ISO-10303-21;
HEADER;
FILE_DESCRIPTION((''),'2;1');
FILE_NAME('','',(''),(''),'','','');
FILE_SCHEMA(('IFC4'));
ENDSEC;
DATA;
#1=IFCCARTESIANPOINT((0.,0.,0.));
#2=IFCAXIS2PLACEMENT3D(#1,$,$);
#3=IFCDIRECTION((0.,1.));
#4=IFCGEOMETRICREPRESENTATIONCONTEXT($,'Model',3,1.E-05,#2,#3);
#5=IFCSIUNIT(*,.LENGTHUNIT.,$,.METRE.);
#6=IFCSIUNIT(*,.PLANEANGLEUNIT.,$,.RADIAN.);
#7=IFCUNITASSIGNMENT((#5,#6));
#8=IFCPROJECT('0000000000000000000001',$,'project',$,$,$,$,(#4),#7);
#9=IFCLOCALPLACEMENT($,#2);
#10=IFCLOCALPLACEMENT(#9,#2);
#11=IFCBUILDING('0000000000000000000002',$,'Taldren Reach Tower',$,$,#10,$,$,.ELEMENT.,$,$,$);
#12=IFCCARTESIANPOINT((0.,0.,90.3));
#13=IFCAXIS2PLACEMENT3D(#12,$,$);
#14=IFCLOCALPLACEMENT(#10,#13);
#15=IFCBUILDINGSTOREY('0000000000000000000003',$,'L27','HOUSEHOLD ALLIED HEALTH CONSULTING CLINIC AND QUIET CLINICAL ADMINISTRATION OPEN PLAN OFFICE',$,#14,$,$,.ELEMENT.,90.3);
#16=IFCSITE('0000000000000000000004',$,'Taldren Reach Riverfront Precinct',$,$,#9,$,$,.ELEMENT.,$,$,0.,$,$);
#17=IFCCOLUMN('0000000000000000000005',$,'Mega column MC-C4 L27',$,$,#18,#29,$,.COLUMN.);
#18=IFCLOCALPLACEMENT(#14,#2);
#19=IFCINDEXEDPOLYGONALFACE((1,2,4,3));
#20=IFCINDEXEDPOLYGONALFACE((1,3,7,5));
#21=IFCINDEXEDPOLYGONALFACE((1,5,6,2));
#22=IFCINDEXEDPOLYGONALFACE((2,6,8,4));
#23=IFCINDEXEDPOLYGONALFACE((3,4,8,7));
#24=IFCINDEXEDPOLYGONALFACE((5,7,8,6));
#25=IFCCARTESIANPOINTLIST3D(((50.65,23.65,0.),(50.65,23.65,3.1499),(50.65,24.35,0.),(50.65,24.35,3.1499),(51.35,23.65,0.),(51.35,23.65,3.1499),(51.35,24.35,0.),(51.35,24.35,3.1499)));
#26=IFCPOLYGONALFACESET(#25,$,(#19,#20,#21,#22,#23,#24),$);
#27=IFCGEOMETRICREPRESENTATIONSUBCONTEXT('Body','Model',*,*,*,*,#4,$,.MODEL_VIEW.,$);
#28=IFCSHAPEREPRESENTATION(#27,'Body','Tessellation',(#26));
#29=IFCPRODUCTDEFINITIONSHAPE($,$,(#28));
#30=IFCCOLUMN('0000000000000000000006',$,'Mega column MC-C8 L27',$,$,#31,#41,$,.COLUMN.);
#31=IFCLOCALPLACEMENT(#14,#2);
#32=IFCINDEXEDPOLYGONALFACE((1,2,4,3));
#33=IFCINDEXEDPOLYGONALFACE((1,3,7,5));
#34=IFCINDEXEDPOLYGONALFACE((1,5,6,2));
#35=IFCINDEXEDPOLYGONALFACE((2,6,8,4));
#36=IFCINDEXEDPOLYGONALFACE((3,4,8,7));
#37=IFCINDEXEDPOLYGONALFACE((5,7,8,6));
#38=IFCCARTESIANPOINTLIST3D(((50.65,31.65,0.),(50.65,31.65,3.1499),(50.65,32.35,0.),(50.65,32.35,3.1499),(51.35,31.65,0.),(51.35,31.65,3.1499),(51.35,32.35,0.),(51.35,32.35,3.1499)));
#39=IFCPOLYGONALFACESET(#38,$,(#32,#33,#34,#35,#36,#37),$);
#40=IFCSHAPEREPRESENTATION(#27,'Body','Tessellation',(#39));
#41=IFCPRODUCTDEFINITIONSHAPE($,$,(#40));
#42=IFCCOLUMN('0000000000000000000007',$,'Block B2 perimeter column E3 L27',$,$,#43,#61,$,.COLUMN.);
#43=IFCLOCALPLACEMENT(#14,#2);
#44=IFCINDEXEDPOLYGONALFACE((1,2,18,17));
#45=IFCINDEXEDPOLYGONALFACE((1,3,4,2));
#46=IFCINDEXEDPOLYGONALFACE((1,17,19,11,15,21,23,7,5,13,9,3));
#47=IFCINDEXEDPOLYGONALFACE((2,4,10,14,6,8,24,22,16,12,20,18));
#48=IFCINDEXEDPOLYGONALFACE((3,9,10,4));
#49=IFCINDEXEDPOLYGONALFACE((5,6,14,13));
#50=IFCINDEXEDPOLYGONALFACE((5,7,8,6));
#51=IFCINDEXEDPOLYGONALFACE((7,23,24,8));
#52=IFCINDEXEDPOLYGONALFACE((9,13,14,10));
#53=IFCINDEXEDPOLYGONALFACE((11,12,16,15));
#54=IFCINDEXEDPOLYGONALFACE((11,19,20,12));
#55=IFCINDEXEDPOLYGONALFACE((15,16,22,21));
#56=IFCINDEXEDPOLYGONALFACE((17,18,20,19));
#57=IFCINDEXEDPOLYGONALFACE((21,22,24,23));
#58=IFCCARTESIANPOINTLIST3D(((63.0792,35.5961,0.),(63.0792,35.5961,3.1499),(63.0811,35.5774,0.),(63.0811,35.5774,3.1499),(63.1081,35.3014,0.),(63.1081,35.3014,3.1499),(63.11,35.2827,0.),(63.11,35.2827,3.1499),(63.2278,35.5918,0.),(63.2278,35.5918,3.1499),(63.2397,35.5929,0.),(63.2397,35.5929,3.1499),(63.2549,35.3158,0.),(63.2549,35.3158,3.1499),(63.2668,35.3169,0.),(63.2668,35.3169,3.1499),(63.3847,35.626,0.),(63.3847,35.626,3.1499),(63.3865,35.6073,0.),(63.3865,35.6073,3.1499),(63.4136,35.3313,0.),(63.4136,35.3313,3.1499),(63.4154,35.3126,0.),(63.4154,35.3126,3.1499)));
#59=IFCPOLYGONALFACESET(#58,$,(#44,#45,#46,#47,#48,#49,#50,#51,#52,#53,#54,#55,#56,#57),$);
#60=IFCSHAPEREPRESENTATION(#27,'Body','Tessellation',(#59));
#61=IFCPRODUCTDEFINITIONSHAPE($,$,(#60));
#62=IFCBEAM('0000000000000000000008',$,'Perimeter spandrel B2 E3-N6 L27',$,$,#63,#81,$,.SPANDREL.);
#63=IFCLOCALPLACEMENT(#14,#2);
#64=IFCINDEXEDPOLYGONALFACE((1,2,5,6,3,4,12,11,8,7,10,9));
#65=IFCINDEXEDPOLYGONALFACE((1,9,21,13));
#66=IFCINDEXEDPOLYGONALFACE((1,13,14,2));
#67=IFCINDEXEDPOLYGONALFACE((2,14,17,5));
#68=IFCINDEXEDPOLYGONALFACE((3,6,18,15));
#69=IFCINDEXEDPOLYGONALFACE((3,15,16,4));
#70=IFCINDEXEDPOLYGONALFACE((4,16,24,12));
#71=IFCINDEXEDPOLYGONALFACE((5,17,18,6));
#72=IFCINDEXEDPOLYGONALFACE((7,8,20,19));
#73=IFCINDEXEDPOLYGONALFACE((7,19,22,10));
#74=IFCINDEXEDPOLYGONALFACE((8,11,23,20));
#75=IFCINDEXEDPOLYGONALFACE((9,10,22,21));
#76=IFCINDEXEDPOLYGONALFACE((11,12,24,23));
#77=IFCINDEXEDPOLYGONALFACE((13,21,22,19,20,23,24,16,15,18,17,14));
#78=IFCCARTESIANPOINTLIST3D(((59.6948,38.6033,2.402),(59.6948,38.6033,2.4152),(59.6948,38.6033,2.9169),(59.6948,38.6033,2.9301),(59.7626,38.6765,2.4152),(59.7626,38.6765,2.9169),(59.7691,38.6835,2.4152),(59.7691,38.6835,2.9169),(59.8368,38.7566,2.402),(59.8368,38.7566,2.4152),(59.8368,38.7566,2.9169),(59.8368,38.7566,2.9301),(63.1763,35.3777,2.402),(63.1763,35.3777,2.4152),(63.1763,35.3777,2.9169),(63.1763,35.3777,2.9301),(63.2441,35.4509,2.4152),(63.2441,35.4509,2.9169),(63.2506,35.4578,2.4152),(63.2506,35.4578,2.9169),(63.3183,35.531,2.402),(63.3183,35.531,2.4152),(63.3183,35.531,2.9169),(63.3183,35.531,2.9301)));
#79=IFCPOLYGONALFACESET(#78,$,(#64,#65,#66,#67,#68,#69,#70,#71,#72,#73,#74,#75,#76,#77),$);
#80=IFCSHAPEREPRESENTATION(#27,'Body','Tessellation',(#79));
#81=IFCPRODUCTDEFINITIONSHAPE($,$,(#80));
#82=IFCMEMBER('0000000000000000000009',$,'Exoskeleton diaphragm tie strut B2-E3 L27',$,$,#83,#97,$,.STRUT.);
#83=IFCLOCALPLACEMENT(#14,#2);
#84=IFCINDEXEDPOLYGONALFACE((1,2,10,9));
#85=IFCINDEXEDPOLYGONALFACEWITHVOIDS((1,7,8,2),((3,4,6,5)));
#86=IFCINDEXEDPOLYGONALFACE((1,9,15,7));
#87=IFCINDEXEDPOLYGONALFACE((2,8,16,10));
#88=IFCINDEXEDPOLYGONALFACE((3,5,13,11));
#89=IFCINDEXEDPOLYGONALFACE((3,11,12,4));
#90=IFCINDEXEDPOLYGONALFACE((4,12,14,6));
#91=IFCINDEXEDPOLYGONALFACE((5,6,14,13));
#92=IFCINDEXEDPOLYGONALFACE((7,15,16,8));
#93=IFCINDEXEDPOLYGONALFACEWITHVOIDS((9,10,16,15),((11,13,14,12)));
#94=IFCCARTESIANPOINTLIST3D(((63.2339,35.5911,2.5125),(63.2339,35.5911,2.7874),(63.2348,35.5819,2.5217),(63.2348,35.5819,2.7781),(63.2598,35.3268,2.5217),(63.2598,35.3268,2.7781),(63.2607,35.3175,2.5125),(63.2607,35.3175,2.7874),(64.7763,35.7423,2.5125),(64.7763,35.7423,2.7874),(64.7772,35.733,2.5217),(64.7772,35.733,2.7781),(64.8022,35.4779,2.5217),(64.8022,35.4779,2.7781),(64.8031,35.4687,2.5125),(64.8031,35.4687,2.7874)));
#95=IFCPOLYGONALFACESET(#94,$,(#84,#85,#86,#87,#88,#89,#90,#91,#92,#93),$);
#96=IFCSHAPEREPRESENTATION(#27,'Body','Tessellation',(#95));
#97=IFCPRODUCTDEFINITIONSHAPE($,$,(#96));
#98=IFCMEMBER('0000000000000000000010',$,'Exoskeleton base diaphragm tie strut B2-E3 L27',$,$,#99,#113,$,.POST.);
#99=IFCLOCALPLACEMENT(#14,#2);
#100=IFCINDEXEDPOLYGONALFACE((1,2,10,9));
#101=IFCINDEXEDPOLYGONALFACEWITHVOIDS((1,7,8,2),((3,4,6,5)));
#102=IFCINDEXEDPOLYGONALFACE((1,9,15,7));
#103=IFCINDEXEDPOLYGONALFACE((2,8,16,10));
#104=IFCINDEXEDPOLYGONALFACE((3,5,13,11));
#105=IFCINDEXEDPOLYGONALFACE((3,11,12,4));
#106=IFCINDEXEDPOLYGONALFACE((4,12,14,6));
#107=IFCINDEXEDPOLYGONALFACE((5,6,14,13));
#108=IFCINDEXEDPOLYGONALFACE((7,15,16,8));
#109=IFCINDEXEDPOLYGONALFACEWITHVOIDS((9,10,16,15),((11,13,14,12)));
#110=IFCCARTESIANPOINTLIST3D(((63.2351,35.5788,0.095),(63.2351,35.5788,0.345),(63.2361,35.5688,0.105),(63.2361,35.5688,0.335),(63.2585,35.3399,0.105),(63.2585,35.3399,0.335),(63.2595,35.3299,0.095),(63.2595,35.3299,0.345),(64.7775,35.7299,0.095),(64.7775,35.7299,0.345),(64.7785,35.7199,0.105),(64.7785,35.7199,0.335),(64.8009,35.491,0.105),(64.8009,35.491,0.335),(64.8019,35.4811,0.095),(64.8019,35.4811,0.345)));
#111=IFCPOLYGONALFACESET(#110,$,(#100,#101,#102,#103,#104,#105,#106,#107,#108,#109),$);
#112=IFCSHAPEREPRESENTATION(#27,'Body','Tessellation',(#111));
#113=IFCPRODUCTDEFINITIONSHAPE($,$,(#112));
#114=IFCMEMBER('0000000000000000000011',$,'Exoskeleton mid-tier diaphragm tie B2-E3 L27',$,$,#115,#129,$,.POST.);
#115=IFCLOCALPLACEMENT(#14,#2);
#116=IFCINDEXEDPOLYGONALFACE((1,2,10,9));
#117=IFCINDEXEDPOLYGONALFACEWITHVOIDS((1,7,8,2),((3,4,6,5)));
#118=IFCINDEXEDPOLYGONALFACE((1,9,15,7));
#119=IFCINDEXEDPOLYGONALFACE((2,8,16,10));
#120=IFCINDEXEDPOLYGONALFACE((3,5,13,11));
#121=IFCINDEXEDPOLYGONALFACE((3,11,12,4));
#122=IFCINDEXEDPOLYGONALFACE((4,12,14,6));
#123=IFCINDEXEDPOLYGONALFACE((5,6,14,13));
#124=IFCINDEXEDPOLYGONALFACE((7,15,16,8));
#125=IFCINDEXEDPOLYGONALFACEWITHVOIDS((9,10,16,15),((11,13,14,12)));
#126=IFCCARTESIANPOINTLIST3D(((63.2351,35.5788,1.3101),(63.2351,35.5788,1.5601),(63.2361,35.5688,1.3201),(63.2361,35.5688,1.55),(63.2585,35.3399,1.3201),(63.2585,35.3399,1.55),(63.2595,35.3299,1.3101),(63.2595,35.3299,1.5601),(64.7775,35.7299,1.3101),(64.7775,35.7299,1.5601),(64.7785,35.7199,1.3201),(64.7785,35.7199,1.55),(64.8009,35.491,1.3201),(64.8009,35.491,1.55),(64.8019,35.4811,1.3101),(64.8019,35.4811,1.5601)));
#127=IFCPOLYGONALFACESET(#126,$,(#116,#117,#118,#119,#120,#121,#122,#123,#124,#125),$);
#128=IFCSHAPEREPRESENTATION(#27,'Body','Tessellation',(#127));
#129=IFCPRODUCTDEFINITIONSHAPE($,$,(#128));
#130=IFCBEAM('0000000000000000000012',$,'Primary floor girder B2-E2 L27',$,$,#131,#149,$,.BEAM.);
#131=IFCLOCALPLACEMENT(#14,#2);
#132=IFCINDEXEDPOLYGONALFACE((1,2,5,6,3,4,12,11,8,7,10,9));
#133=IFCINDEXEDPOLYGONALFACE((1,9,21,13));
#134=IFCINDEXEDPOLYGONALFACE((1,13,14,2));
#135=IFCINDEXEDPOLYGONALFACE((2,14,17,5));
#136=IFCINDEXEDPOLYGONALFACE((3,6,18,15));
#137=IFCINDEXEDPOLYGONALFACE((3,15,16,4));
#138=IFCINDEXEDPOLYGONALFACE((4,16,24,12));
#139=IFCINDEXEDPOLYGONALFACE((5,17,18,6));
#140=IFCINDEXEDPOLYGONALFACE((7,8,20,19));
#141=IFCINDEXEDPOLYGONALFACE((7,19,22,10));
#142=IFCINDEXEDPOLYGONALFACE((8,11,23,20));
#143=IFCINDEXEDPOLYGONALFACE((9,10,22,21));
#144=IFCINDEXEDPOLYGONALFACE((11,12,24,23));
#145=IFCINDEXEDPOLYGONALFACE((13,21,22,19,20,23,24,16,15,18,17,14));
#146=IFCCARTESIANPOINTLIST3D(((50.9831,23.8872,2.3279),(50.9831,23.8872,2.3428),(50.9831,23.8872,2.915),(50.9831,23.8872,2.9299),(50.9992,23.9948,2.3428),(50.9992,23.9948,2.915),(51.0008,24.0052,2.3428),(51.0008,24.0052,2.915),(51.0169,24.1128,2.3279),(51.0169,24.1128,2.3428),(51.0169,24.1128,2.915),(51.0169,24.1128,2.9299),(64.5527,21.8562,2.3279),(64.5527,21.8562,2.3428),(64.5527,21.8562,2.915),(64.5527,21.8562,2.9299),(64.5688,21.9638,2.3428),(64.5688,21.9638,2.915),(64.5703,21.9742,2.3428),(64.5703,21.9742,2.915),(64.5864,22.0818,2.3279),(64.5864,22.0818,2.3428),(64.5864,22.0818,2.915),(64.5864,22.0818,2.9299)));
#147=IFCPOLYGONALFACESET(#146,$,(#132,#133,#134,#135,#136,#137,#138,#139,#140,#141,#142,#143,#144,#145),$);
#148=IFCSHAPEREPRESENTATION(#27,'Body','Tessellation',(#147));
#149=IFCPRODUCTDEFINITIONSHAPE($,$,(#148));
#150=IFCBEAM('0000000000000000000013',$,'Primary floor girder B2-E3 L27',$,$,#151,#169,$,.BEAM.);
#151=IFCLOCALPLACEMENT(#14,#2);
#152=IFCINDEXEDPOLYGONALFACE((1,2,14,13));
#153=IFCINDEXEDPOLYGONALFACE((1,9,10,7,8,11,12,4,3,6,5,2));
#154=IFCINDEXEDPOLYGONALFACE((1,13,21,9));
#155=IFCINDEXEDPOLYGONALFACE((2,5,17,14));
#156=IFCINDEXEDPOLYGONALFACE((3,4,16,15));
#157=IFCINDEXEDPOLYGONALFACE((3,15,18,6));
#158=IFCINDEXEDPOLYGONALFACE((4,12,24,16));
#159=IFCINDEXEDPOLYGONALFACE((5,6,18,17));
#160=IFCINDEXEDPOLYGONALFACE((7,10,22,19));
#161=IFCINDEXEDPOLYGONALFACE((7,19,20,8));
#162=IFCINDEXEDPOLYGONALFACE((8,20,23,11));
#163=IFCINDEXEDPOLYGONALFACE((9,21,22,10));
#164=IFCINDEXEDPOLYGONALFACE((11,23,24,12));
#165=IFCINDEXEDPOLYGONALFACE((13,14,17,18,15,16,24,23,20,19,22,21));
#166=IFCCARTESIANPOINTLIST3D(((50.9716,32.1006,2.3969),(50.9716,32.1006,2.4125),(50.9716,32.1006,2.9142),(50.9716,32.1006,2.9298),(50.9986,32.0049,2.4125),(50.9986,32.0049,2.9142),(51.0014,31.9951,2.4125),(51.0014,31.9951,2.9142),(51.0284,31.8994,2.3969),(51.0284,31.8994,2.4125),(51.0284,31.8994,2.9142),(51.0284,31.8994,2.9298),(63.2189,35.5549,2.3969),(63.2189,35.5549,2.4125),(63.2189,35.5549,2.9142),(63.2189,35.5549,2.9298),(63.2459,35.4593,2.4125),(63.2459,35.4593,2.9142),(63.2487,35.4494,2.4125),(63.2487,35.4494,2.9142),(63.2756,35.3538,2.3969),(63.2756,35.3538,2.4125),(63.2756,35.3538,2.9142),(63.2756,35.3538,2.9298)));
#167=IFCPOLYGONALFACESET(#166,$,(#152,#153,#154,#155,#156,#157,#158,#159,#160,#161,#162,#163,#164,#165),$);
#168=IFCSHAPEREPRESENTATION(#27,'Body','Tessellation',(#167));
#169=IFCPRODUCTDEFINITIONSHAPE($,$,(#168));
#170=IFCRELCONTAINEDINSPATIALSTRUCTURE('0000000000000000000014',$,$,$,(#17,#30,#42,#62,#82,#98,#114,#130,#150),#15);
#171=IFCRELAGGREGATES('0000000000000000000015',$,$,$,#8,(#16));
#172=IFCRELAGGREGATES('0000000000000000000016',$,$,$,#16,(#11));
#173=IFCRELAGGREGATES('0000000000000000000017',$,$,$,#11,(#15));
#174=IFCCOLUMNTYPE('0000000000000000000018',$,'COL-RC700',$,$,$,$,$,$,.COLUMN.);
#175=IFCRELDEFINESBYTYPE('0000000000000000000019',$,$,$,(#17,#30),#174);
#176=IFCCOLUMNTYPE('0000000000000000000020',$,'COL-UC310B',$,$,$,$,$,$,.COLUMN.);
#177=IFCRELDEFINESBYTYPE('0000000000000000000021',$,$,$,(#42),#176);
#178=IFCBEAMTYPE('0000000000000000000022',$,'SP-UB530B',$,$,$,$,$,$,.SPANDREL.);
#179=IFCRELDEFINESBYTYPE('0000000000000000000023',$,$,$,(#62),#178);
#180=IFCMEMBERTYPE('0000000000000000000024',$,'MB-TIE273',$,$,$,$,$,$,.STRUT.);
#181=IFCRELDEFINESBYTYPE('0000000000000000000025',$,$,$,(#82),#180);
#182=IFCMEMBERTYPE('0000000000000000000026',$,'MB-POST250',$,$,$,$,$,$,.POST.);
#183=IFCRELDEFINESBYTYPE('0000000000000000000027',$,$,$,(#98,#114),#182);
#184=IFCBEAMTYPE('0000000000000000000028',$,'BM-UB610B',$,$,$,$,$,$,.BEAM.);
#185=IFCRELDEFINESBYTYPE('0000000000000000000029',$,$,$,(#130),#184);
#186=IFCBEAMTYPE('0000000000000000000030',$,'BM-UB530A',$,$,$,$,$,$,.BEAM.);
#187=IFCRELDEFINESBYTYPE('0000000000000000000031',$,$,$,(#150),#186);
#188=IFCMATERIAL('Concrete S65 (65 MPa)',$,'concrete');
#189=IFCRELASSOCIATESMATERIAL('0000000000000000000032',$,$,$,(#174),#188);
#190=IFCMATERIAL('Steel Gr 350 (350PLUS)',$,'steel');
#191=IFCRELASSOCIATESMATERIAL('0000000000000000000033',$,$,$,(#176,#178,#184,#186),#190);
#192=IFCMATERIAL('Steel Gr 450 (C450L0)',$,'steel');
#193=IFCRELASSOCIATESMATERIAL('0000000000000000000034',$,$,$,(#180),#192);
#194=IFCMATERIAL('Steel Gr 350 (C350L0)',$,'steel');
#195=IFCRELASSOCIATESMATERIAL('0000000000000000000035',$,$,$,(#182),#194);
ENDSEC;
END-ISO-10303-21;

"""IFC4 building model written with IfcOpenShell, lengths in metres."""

from ifc_helpers import new_model, si_unit, direction, frame, origin, origin_2d, place, context, subcontext, project, spatial, rectangle, hollow_rectangle, i_section, extrude, source, transform, mapped, material, material_profile, profile_set, type_object, element, save


model = new_model("IFC4")

# Units and contexts
model_context = context("Model", 3, precision=1e-05, world=origin(), true_north=direction((0.0, 1.0)))
body_context = subcontext(model_context, "Body", "Model", "MODEL_VIEW")
ifc_project = project(units=[si_unit("LENGTHUNIT", "METRE"), si_unit("PLANEANGLEUNIT", "RADIAN")], contexts=[model_context])

# Site, building, storey
site_placement = place(None, origin())
site = spatial("IfcSite", under=ifc_project, at=site_placement, Name="Taldren Reach Riverfront Precinct", CompositionType="ELEMENT", RefElevation=0.0)
building_placement = place(site_placement, origin())
building = spatial("IfcBuilding", under=site, at=building_placement, Name="Taldren Reach Tower", CompositionType="ELEMENT")
storey_placement = place(building_placement, frame((0.0, 0.0, 90.3)))
storey = spatial("IfcBuildingStorey", under=building, at=storey_placement, Name="L27", Description="HOUSEHOLD ALLIED HEALTH CONSULTING CLINIC AND QUIET CLINICAL ADMINISTRATION OPEN PLAN OFFICE", CompositionType="ELEMENT", Elevation=90.3)

# Columns
ifc_material_1 = material(Name="Concrete S65 (65 MPa)", Category="concrete")
ifc_material_profile_1 = material_profile(ifc_material_1, rectangle(XDim=0.7, YDim=0.7, at=origin_2d()), Name="RC-700x700")
ifc_profile_set_1 = profile_set([ifc_material_profile_1], Name="Concrete S65 (65 MPa)")
column_type_1 = type_object("IfcColumnType", Name="COL-RC700", PredefinedType="COLUMN", material=ifc_profile_set_1)
shared_shape_1 = source(origin(), body_context, "Body", "SweptSolid", [
    extrude(rectangle(XDim=0.7, YDim=0.7, at=origin_2d()), origin(), (0.0, 0.0, 1.0), 3.1499),
])
for number, where, z_axis, x_axis, name in (
    (1, (51.0, 24.0, 0.0), (0.0, 0.0, 1.0), (1.0, 0.0, 0.0), "Mega column MC-C4 L27"),
    (2, (51.0, 32.0, 0.0), (0.0, 0.0, 1.0), (1.0, 0.0, 0.0), "Mega column MC-C8 L27"),
):
    element("IfcColumn", number, at=place(storey_placement, frame(where, z_axis=z_axis, x_axis=x_axis)), inside=storey, type_object=column_type_1, Name=name, PredefinedType="COLUMN", context=body_context, shape_type="MappedRepresentation", body=[
        mapped(shared_shape_1, transform((0.0, 0.0, 0.0), scale=1.0)),
    ])
ifc_material_2 = material(Name="Steel Gr 350 (350PLUS)", Category="steel")
ifc_material_profile_2 = material_profile(ifc_material_2, i_section(OverallWidth=0.3069, OverallDepth=0.3149, WebThickness=0.012, FlangeThickness=0.0188, at=origin_2d()), Name="310UC118")
ifc_profile_set_2 = profile_set([ifc_material_profile_2], Name="Steel Gr 350 (350PLUS)")
column_type_2 = type_object("IfcColumnType", Name="COL-UC310B", PredefinedType="COLUMN", material=ifc_profile_set_2)
shared_shape_2 = source(origin(), body_context, "Body", "SweptSolid", [
    extrude(i_section(OverallWidth=0.3069, OverallDepth=0.3149, WebThickness=0.012, FlangeThickness=0.0188, at=origin_2d()), origin(), (0.0, 0.0, 1.0), 3.1499),
])
column_placement = place(storey_placement, frame((63.2473, 35.4543, 0.0), z_axis=(0.0, 0.0, 1.0), x_axis=(0.995227, 0.097583, 0.0)))
element("IfcColumn", 3, at=column_placement, inside=storey, type_object=column_type_2, Name="Block B2 perimeter column E3 L27", PredefinedType="COLUMN", context=body_context, shape_type="MappedRepresentation", body=[
    mapped(shared_shape_2, transform((0.0, 0.0, 0.0), scale=1.0)),
])

# Beam
ifc_material_profile_3 = material_profile(ifc_material_2, i_section(OverallWidth=0.209, OverallDepth=0.5281, WebThickness=0.0095, FlangeThickness=0.0132, at=origin_2d()), Name="530UB82.0")
ifc_profile_set_3 = profile_set([ifc_material_profile_3], Name="Steel Gr 350 (350PLUS)")
beam_type_1 = type_object("IfcBeamType", Name="SP-UB530B", PredefinedType="SPANDREL", material=ifc_profile_set_3)
shared_shape_3 = source(origin(), body_context, "Body", "SweptSolid", [
    extrude(i_section(OverallWidth=0.209, OverallDepth=0.5281, WebThickness=0.0095, FlangeThickness=0.0132, at=origin_2d()), origin(), (0.0, 0.0, 1.0), 4.7461),
])
beam_1_placement = place(storey_placement, frame((63.2473, 35.4543, 2.666), z_axis=(-0.733548, 0.679638, 0.0), x_axis=(-0.679638, -0.733548, 0.0)))
element("IfcBeam", 4, at=beam_1_placement, inside=storey, type_object=beam_type_1, Name="Perimeter spandrel B2 E3-N6 L27", PredefinedType="SPANDREL", context=body_context, shape_type="MappedRepresentation", body=[
    mapped(shared_shape_3, transform((0.0, 0.0, 0.0), scale=1.0)),
])

# Members
ifc_material_3 = material(Name="Steel Gr 450 (C450L0)", Category="steel")
ifc_material_profile_4 = material_profile(ifc_material_3, hollow_rectangle(XDim=0.2749, YDim=0.2749, WallThickness=0.0093, at=origin_2d()), Name="275x275x9.3SHS")
ifc_profile_set_4 = profile_set([ifc_material_profile_4], Name="Steel Gr 450 (C450L0)")
member_type_1 = type_object("IfcMemberType", Name="MB-TIE273", PredefinedType="STRUT", material=ifc_profile_set_4)
shared_shape_4 = source(origin(), body_context, "Body", "SweptSolid", [
    extrude(hollow_rectangle(XDim=0.2749, YDim=0.2749, WallThickness=0.0093, at=origin_2d()), origin(), (0.0, 0.0, 1.0), 1.5498),
])
member_1_placement = place(storey_placement, frame((63.2473, 35.4543, 2.6499), z_axis=(0.995235, 0.097507, 0.0), x_axis=(-0.097507, 0.995235, 0.0)))
element("IfcMember", 5, at=member_1_placement, inside=storey, type_object=member_type_1, Name="Exoskeleton diaphragm tie strut B2-E3 L27", PredefinedType="STRUT", context=body_context, shape_type="MappedRepresentation", body=[
    mapped(shared_shape_4, transform((0.0, 0.0, 0.0), scale=1.0)),
])
ifc_material_4 = material(Name="Steel Gr 350 (C350L0)", Category="steel")
ifc_material_profile_5 = material_profile(ifc_material_4, hollow_rectangle(XDim=0.25, YDim=0.25, WallThickness=0.01, at=origin_2d()), Name="250x250x10.0SHS")
ifc_profile_set_5 = profile_set([ifc_material_profile_5], Name="Steel Gr 350 (C350L0)")
member_type_2 = type_object("IfcMemberType", Name="MB-POST250", PredefinedType="POST", material=ifc_profile_set_5)
shared_shape_5 = source(origin(), body_context, "Body", "SweptSolid", [
    extrude(hollow_rectangle(XDim=0.25, YDim=0.25, WallThickness=0.01, at=origin_2d()), origin(), (0.0, 0.0, 1.0), 1.5498),
])
for number, where, z_axis, x_axis, name in (
    (6, (63.2473, 35.4543, 0.22), (0.995235, 0.097507, 0.0), (-0.097507, 0.995235, 0.0), "Exoskeleton base diaphragm tie strut B2-E3 L27"),
    (7, (63.2473, 35.4543, 1.4351), (0.995235, 0.097507, 0.0), (-0.097507, 0.995235, 0.0), "Exoskeleton mid-tier diaphragm tie B2-E3 L27"),
):
    element("IfcMember", number, at=place(storey_placement, frame(where, z_axis=z_axis, x_axis=x_axis)), inside=storey, type_object=member_type_2, Name=name, PredefinedType="POST", context=body_context, shape_type="MappedRepresentation", body=[
        mapped(shared_shape_5, transform((0.0, 0.0, 0.0), scale=1.0)),
    ])

# Beams
ifc_material_profile_6 = material_profile(ifc_material_2, i_section(OverallWidth=0.228, OverallDepth=0.6021, WebThickness=0.0105, FlangeThickness=0.0149, at=origin_2d()), Name="610UB101")
ifc_profile_set_6 = profile_set([ifc_material_profile_6], Name="Steel Gr 350 (350PLUS)")
beam_type_2 = type_object("IfcBeamType", Name="BM-UB610B", PredefinedType="BEAM", material=ifc_profile_set_6)
shared_shape_6 = source(origin(), body_context, "Body", "SweptSolid", [
    extrude(i_section(OverallWidth=0.228, OverallDepth=0.6021, WebThickness=0.0105, FlangeThickness=0.0149, at=origin_2d()), origin(), (0.0, 0.0, 1.0), 13.7207),
])
beam_2_placement = place(storey_placement, frame((51.0, 24.0, 2.6289), z_axis=(0.988984, -0.148025, 0.0), x_axis=(0.148025, 0.988984, 0.0)))
element("IfcBeam", 8, at=beam_2_placement, inside=storey, type_object=beam_type_2, Name="Primary floor girder B2-E2 L27", PredefinedType="BEAM", context=body_context, shape_type="MappedRepresentation", body=[
    mapped(shared_shape_6, transform((0.0, 0.0, 0.0), scale=1.0)),
])
ifc_material_profile_7 = material_profile(ifc_material_2, i_section(OverallWidth=0.209, OverallDepth=0.533, WebThickness=0.0103, FlangeThickness=0.0156, at=origin_2d()), Name="530UB92.4")
ifc_profile_set_7 = profile_set([ifc_material_profile_7], Name="Steel Gr 350 (350PLUS)")
beam_type_3 = type_object("IfcBeamType", Name="BM-UB530A", PredefinedType="BEAM", material=ifc_profile_set_7)
shared_shape_7 = source(origin(), body_context, "Body", "SweptSolid", [
    extrude(i_section(OverallWidth=0.209, OverallDepth=0.533, WebThickness=0.0103, FlangeThickness=0.0156, at=origin_2d()), origin(), (0.0, 0.0, 1.0), 12.7251),
])
beam_3_placement = place(storey_placement, frame((51.0, 32.0, 2.6633), z_axis=(0.96245, 0.271458, 0.0), x_axis=(-0.271458, 0.96245, 0.0)))
element("IfcBeam", 9, at=beam_3_placement, inside=storey, type_object=beam_type_3, Name="Primary floor girder B2-E3 L27", PredefinedType="BEAM", context=body_context, shape_type="MappedRepresentation", body=[
    mapped(shared_shape_7, transform((0.0, 0.0, 0.0), scale=1.0)),
])

save(model, "model.ifc")
